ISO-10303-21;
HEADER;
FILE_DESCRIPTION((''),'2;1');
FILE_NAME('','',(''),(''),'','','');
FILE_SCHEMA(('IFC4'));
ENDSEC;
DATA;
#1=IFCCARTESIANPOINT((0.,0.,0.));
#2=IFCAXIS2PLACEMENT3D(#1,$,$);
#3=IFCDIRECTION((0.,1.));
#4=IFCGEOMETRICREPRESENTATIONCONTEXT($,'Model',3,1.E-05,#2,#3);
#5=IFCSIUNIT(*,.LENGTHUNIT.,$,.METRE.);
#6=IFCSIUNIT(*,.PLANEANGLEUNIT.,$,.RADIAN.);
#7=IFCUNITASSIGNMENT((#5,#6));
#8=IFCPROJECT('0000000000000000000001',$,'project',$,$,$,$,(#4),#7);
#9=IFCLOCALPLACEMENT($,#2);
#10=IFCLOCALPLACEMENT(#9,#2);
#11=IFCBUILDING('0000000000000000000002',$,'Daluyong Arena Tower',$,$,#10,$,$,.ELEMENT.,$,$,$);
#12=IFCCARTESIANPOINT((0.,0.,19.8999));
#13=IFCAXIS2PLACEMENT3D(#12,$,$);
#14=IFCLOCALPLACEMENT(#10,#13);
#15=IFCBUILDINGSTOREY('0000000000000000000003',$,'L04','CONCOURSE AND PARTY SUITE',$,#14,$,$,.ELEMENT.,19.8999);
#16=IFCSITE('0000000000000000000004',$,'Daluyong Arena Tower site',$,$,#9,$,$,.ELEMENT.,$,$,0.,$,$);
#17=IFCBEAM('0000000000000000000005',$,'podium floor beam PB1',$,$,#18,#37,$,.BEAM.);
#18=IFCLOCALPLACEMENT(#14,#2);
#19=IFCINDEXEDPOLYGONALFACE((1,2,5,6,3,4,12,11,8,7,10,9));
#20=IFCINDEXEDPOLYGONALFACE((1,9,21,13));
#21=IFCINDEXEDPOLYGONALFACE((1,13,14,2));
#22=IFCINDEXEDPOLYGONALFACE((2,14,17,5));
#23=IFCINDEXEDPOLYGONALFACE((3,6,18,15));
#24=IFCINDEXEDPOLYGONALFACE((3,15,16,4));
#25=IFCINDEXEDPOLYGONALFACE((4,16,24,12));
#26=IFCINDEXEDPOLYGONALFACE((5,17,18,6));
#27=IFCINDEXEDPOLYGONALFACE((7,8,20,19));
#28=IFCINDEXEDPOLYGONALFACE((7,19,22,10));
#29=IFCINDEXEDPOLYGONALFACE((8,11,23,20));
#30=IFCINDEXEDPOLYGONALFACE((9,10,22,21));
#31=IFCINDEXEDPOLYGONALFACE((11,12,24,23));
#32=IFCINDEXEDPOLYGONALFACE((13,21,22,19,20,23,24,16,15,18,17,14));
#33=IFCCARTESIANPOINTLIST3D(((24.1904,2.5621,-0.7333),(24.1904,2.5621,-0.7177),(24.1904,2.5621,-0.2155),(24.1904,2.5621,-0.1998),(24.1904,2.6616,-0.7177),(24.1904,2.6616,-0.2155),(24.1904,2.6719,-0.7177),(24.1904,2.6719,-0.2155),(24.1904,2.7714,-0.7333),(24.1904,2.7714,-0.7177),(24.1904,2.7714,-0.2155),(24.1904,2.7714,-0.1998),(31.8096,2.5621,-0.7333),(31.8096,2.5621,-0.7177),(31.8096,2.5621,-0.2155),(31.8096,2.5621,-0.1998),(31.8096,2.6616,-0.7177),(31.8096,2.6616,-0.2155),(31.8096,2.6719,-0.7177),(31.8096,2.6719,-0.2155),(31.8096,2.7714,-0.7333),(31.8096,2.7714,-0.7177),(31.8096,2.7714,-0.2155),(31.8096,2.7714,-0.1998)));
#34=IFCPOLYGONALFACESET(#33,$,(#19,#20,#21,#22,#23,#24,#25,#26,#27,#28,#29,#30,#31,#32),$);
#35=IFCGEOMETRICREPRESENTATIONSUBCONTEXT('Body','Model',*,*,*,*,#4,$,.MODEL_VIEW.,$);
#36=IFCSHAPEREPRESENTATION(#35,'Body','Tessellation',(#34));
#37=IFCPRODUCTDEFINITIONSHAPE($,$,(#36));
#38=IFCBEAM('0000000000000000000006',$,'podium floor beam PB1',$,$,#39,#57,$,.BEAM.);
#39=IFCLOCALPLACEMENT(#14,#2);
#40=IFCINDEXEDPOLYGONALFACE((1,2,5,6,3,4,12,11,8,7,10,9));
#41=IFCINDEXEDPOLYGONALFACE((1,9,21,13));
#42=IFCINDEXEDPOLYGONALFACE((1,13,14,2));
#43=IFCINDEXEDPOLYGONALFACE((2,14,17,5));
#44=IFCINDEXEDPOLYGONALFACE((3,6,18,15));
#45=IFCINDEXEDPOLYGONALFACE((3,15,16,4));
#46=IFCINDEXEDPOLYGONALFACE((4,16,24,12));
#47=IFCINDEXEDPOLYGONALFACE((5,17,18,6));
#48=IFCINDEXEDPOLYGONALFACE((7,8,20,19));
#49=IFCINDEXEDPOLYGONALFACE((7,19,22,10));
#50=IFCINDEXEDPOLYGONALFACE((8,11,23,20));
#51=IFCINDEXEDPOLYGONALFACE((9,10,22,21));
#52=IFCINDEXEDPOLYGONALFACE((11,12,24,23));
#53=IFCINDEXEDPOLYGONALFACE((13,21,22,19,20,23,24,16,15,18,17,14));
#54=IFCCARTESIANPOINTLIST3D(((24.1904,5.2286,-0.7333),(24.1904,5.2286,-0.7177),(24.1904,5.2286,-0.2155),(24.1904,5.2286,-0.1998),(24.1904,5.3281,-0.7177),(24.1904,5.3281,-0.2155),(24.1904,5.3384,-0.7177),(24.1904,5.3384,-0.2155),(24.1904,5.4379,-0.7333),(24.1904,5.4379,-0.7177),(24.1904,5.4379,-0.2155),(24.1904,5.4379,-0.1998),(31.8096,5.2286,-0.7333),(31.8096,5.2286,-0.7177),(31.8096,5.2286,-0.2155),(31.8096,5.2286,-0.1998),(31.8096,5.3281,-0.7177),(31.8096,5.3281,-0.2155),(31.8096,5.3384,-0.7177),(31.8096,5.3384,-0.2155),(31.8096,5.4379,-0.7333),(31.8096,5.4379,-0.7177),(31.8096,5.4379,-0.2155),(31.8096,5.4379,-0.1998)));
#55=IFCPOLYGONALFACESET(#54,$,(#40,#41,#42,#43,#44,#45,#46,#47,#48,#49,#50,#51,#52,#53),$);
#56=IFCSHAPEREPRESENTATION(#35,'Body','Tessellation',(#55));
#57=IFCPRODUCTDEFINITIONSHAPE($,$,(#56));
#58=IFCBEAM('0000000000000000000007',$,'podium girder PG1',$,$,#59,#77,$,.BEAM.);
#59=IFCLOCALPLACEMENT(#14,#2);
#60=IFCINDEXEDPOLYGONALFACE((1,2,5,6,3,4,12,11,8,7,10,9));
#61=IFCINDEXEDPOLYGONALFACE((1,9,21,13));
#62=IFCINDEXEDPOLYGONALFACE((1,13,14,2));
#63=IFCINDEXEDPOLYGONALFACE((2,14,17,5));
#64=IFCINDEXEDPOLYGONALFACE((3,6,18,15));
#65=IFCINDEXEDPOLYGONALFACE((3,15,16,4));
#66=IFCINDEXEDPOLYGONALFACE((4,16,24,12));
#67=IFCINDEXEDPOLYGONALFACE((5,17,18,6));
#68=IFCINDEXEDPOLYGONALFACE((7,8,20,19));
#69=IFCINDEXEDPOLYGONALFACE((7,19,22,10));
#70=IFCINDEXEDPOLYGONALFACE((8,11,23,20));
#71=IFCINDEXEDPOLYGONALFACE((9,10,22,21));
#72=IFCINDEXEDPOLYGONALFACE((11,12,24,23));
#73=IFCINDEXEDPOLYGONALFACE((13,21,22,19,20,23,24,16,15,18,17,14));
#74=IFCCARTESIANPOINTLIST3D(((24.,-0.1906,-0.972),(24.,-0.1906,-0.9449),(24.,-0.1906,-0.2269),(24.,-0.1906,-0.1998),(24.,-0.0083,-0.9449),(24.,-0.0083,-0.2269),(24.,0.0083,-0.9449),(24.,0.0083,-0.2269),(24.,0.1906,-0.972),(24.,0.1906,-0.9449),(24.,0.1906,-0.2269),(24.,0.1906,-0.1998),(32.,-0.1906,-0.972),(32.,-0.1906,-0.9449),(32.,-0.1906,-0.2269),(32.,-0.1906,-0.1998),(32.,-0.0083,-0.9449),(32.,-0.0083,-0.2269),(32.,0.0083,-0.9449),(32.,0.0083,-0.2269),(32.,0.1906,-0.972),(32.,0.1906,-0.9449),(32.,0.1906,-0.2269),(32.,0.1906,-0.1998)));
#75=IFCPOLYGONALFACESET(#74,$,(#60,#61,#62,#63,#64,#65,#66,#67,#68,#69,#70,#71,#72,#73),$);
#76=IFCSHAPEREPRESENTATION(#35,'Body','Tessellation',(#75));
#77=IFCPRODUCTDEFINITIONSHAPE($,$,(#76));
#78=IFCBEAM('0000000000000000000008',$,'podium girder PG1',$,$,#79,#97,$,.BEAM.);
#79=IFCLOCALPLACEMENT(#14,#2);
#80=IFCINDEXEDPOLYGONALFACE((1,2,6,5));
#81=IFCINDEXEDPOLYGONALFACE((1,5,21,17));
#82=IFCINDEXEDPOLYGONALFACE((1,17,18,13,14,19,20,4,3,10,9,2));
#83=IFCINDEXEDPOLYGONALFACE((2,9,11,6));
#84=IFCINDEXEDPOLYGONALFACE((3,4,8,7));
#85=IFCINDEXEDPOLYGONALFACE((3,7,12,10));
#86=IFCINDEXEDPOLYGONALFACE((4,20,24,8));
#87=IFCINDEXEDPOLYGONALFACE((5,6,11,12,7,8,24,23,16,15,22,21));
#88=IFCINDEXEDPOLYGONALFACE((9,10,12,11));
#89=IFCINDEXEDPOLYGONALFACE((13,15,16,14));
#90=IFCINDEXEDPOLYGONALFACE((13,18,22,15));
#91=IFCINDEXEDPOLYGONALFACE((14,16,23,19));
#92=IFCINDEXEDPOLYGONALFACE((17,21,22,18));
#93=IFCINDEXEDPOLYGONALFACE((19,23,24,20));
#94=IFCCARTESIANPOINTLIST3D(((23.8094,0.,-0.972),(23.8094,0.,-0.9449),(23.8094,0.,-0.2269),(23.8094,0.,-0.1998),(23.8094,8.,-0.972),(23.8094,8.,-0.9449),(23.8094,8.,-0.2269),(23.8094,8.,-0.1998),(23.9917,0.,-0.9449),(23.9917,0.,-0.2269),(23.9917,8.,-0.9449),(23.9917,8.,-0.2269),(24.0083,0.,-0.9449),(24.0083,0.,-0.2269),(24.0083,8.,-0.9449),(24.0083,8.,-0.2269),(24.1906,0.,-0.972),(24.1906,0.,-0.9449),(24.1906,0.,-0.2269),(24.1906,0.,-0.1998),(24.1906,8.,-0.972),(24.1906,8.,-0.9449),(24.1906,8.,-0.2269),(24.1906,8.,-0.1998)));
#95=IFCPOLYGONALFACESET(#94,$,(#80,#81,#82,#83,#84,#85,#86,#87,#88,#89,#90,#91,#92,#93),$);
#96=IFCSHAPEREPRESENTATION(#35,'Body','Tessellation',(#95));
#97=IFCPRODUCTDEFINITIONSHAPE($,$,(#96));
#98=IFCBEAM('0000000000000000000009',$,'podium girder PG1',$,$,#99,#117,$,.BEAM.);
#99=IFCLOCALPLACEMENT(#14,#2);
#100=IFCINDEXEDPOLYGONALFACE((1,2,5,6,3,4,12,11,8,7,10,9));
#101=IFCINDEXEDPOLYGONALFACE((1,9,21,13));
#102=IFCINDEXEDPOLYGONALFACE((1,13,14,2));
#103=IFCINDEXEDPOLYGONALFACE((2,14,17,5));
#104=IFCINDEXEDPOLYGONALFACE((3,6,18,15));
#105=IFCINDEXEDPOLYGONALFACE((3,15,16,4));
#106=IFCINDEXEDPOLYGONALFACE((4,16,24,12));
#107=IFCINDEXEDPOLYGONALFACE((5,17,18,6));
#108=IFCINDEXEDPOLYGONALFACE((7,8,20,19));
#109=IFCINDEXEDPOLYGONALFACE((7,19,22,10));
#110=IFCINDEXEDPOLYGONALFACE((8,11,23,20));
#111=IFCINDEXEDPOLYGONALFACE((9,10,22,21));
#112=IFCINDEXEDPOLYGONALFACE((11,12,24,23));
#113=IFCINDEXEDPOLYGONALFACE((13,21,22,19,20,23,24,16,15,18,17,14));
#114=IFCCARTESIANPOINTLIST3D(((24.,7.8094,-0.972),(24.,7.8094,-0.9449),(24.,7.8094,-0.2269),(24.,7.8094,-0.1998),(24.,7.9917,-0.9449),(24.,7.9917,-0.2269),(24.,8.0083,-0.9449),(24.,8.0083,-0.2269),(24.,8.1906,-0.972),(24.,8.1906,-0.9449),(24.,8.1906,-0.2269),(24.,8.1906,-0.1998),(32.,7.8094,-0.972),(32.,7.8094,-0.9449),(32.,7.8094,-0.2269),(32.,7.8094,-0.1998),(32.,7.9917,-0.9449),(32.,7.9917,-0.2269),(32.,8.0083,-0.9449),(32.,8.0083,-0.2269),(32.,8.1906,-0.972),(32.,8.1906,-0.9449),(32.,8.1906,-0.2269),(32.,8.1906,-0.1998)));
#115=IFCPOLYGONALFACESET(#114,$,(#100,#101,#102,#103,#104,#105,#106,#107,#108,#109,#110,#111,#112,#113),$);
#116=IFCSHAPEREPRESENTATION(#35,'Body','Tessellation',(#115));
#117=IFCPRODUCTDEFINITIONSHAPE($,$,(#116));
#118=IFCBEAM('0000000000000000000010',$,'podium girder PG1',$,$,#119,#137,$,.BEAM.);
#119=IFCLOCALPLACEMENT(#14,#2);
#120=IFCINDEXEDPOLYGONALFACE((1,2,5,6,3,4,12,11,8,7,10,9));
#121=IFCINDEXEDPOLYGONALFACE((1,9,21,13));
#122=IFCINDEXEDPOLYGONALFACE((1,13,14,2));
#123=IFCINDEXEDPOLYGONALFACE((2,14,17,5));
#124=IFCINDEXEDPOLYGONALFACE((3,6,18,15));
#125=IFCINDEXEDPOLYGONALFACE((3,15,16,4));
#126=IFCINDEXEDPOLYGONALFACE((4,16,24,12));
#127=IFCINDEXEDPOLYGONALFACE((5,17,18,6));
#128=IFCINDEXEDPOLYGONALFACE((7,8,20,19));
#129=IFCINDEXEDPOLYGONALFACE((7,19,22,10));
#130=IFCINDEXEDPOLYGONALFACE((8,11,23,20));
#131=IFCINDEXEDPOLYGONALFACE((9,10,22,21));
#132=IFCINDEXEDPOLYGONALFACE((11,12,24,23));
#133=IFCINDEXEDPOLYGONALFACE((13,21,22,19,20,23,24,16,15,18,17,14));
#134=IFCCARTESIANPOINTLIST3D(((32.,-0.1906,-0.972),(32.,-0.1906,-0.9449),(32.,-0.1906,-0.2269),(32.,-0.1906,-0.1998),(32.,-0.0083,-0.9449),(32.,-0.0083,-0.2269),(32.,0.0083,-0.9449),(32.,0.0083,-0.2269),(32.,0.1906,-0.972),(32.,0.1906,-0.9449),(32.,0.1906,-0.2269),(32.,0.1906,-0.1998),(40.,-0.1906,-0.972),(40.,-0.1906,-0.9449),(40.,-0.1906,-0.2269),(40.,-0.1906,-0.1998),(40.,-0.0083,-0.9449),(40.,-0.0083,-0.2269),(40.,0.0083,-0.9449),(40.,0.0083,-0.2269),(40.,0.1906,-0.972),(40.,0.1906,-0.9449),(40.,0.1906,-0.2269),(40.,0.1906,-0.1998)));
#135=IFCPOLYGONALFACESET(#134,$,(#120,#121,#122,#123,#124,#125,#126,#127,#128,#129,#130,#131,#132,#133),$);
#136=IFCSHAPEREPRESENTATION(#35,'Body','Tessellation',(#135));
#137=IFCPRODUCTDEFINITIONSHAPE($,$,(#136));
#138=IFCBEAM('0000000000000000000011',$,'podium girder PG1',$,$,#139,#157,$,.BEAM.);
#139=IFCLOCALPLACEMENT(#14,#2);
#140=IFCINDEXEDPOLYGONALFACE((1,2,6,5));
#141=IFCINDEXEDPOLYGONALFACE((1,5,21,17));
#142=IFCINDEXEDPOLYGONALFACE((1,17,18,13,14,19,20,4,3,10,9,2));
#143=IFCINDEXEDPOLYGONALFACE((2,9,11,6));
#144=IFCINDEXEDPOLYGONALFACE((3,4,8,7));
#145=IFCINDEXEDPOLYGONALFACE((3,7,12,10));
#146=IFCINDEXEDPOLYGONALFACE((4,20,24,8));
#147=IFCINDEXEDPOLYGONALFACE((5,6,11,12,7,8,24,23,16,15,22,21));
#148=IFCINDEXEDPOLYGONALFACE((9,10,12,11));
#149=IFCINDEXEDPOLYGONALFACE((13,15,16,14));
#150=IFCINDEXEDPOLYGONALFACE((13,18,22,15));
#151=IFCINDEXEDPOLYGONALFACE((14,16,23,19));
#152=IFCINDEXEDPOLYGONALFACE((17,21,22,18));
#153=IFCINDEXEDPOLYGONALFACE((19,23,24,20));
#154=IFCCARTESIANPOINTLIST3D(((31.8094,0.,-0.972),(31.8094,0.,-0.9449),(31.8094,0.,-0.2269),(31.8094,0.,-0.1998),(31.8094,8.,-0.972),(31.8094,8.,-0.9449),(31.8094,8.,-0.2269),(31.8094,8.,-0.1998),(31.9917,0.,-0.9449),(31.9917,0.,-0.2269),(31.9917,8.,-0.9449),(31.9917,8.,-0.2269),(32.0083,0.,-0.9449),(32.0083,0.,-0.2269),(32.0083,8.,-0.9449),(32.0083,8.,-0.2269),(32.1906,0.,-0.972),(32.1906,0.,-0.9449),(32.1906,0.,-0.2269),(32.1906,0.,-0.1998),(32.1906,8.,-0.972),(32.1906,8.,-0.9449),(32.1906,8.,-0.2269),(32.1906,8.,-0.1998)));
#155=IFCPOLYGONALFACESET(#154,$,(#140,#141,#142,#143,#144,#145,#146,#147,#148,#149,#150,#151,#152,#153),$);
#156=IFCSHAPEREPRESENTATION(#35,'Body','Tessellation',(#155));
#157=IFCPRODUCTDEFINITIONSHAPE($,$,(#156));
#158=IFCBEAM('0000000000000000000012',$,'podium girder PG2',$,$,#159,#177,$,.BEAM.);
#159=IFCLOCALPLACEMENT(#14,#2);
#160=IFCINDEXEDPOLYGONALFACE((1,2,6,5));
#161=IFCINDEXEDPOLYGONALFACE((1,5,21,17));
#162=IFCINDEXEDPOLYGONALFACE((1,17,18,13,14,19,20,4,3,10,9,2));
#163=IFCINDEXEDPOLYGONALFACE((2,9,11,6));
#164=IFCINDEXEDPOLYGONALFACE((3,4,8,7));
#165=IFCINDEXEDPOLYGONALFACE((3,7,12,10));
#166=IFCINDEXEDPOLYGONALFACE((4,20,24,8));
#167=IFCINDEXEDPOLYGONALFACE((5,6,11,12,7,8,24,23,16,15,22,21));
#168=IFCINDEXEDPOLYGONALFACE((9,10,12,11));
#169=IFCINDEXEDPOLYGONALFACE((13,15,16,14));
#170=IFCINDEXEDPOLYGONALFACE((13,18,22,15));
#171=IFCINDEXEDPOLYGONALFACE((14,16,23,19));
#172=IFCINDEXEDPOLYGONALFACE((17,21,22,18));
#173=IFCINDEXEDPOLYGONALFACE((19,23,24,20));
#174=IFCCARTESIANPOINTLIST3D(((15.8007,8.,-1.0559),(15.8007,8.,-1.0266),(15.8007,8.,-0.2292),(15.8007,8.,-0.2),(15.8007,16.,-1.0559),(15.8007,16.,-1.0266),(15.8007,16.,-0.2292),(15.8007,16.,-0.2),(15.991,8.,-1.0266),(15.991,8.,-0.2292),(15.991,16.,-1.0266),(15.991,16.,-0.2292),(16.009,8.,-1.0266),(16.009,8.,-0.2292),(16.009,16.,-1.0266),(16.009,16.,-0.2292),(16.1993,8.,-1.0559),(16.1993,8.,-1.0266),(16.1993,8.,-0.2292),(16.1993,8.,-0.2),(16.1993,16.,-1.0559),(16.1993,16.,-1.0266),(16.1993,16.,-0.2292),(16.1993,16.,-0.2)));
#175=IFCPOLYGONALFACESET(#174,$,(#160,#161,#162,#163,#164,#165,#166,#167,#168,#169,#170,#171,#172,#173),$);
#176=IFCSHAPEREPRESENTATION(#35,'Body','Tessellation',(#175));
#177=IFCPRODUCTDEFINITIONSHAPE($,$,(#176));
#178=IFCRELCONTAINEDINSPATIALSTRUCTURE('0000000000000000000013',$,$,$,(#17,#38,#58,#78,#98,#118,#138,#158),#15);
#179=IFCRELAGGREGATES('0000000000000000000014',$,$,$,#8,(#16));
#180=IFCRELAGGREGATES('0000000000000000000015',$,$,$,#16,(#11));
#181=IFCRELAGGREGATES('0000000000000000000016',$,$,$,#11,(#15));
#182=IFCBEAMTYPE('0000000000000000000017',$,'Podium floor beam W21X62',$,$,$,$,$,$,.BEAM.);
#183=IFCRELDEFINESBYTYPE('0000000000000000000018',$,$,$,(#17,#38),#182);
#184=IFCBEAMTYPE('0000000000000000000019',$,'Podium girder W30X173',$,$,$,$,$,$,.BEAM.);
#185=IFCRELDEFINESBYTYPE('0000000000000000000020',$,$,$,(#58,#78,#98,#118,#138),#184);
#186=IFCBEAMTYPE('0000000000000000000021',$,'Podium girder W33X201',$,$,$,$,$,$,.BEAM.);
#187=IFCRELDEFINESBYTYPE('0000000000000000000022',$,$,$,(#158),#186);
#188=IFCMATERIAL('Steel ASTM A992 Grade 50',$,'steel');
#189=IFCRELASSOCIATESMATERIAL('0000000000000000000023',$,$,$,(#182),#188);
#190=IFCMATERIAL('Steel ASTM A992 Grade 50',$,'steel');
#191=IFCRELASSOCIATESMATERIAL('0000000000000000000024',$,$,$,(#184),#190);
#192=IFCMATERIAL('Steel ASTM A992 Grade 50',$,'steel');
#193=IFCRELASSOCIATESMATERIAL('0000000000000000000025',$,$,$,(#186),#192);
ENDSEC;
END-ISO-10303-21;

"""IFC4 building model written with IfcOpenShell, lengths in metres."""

from ifc_helpers import new_model, si_unit, direction, frame, origin, origin_2d, place, context, subcontext, project, spatial, i_section, extrude, material, material_profile, profile_set, type_object, element, save


model = new_model("IFC4")

# Units and contexts
model_context = context("Model", 3, precision=1e-05, world=origin(), true_north=direction((0.0, 1.0)))
body_context = subcontext(model_context, "Body", "Model", "MODEL_VIEW")
ifc_project = project(units=[si_unit("LENGTHUNIT", "METRE"), si_unit("PLANEANGLEUNIT", "RADIAN")], contexts=[model_context])

# Site, building, storey
site_placement = place(None, origin())
site = spatial("IfcSite", under=ifc_project, at=site_placement, Name="Daluyong Arena Tower site", CompositionType="ELEMENT", RefElevation=0.0)
building_placement = place(site_placement, origin())
building = spatial("IfcBuilding", under=site, at=building_placement, Name="Daluyong Arena Tower", CompositionType="ELEMENT")
storey_placement = place(building_placement, frame((0.0, 0.0, 19.8999)))
storey = spatial("IfcBuildingStorey", under=building, at=storey_placement, Name="L04", Description="CONCOURSE AND PARTY SUITE", CompositionType="ELEMENT", Elevation=19.8999)

# Beams
ifc_material_1 = material(Name="Steel ASTM A992 Grade 50", Category="steel")
ifc_material_profile_1 = material_profile(ifc_material_1, i_section(OverallWidth=0.2092, OverallDepth=0.5334, WebThickness=0.0103, FlangeThickness=0.0156, at=origin_2d()))
ifc_profile_set_1 = profile_set([ifc_material_profile_1], Name="Steel ASTM A992 Grade 50")
beam_type_1 = type_object("IfcBeamType", Name="Podium floor beam W21X62", PredefinedType="BEAM", material=ifc_profile_set_1)
for number, where, z_axis, x_axis, name in (
    (1, (24.1904, 2.6667, -0.4666), (1.0, 0.0, 0.0), (0.0, 1.0, 0.0), "podium floor beam PB1"),
    (2, (24.1904, 5.3333, -0.4666), (1.0, 0.0, 0.0), (0.0, 1.0, 0.0), "podium floor beam PB1"),
):
    element("IfcBeam", number, at=place(storey_placement, frame(where, z_axis=z_axis, x_axis=x_axis)), inside=storey, type_object=beam_type_1, Name=name, PredefinedType="BEAM", context=body_context, shape_type="SweptSolid", body=[
        extrude(i_section(OverallWidth=0.2092, OverallDepth=0.5334, WebThickness=0.0103, FlangeThickness=0.0156, at=origin_2d()), origin(), (0.0, 0.0, 1.0), 7.6191),
    ])
ifc_material_2 = material(Name="Steel ASTM A992 Grade 50", Category="steel")
ifc_material_profile_2 = material_profile(ifc_material_2, i_section(OverallWidth=0.3811, OverallDepth=0.7722, WebThickness=0.0166, FlangeThickness=0.0271, at=origin_2d()))
ifc_profile_set_2 = profile_set([ifc_material_profile_2], Name="Steel ASTM A992 Grade 50")
beam_type_2 = type_object("IfcBeamType", Name="Podium girder W30X173", PredefinedType="BEAM", material=ifc_profile_set_2)
for number, where, z_axis, x_axis, name in (
    (3, (24.0, 0.0, -0.5859), (1.0, 0.0, 0.0), (0.0, 1.0, 0.0), "podium girder PG1"),
    (4, (24.0, 0.0, -0.5859), (0.0, 1.0, 0.0), (-1.0, 0.0, 0.0), "podium girder PG1"),
    (5, (24.0, 8.0, -0.5859), (1.0, 0.0, 0.0), (0.0, 1.0, 0.0), "podium girder PG1"),
    (6, (32.0, 0.0, -0.5859), (1.0, 0.0, 0.0), (0.0, 1.0, 0.0), "podium girder PG1"),
    (7, (32.0, 0.0, -0.5859), (0.0, 1.0, 0.0), (-1.0, 0.0, 0.0), "podium girder PG1"),
):
    element("IfcBeam", number, at=place(storey_placement, frame(where, z_axis=z_axis, x_axis=x_axis)), inside=storey, type_object=beam_type_2, Name=name, PredefinedType="BEAM", context=body_context, shape_type="SweptSolid", body=[
        extrude(i_section(OverallWidth=0.3811, OverallDepth=0.7722, WebThickness=0.0166, FlangeThickness=0.0271, at=origin_2d()), origin(), (0.0, 0.0, 1.0), 8.0),
    ])
ifc_material_3 = material(Name="Steel ASTM A992 Grade 50", Category="steel")
ifc_material_profile_3 = material_profile(ifc_material_3, i_section(OverallWidth=0.3987, OverallDepth=0.856, WebThickness=0.0181, FlangeThickness=0.0293, at=origin_2d()))
ifc_profile_set_3 = profile_set([ifc_material_profile_3], Name="Steel ASTM A992 Grade 50")
beam_type_3 = type_object("IfcBeamType", Name="Podium girder W33X201", PredefinedType="BEAM", material=ifc_profile_set_3)
beam_placement = place(storey_placement, frame((16.0, 8.0, -0.6279), z_axis=(0.0, 1.0, 0.0), x_axis=(-1.0, 0.0, 0.0)))
element("IfcBeam", 8, at=beam_placement, inside=storey, type_object=beam_type_3, Name="podium girder PG2", PredefinedType="BEAM", context=body_context, shape_type="SweptSolid", body=[
    extrude(i_section(OverallWidth=0.3987, OverallDepth=0.856, WebThickness=0.0181, FlangeThickness=0.0293, at=origin_2d()), origin(), (0.0, 0.0, 1.0), 8.0),
])

save(model, "model.ifc")
